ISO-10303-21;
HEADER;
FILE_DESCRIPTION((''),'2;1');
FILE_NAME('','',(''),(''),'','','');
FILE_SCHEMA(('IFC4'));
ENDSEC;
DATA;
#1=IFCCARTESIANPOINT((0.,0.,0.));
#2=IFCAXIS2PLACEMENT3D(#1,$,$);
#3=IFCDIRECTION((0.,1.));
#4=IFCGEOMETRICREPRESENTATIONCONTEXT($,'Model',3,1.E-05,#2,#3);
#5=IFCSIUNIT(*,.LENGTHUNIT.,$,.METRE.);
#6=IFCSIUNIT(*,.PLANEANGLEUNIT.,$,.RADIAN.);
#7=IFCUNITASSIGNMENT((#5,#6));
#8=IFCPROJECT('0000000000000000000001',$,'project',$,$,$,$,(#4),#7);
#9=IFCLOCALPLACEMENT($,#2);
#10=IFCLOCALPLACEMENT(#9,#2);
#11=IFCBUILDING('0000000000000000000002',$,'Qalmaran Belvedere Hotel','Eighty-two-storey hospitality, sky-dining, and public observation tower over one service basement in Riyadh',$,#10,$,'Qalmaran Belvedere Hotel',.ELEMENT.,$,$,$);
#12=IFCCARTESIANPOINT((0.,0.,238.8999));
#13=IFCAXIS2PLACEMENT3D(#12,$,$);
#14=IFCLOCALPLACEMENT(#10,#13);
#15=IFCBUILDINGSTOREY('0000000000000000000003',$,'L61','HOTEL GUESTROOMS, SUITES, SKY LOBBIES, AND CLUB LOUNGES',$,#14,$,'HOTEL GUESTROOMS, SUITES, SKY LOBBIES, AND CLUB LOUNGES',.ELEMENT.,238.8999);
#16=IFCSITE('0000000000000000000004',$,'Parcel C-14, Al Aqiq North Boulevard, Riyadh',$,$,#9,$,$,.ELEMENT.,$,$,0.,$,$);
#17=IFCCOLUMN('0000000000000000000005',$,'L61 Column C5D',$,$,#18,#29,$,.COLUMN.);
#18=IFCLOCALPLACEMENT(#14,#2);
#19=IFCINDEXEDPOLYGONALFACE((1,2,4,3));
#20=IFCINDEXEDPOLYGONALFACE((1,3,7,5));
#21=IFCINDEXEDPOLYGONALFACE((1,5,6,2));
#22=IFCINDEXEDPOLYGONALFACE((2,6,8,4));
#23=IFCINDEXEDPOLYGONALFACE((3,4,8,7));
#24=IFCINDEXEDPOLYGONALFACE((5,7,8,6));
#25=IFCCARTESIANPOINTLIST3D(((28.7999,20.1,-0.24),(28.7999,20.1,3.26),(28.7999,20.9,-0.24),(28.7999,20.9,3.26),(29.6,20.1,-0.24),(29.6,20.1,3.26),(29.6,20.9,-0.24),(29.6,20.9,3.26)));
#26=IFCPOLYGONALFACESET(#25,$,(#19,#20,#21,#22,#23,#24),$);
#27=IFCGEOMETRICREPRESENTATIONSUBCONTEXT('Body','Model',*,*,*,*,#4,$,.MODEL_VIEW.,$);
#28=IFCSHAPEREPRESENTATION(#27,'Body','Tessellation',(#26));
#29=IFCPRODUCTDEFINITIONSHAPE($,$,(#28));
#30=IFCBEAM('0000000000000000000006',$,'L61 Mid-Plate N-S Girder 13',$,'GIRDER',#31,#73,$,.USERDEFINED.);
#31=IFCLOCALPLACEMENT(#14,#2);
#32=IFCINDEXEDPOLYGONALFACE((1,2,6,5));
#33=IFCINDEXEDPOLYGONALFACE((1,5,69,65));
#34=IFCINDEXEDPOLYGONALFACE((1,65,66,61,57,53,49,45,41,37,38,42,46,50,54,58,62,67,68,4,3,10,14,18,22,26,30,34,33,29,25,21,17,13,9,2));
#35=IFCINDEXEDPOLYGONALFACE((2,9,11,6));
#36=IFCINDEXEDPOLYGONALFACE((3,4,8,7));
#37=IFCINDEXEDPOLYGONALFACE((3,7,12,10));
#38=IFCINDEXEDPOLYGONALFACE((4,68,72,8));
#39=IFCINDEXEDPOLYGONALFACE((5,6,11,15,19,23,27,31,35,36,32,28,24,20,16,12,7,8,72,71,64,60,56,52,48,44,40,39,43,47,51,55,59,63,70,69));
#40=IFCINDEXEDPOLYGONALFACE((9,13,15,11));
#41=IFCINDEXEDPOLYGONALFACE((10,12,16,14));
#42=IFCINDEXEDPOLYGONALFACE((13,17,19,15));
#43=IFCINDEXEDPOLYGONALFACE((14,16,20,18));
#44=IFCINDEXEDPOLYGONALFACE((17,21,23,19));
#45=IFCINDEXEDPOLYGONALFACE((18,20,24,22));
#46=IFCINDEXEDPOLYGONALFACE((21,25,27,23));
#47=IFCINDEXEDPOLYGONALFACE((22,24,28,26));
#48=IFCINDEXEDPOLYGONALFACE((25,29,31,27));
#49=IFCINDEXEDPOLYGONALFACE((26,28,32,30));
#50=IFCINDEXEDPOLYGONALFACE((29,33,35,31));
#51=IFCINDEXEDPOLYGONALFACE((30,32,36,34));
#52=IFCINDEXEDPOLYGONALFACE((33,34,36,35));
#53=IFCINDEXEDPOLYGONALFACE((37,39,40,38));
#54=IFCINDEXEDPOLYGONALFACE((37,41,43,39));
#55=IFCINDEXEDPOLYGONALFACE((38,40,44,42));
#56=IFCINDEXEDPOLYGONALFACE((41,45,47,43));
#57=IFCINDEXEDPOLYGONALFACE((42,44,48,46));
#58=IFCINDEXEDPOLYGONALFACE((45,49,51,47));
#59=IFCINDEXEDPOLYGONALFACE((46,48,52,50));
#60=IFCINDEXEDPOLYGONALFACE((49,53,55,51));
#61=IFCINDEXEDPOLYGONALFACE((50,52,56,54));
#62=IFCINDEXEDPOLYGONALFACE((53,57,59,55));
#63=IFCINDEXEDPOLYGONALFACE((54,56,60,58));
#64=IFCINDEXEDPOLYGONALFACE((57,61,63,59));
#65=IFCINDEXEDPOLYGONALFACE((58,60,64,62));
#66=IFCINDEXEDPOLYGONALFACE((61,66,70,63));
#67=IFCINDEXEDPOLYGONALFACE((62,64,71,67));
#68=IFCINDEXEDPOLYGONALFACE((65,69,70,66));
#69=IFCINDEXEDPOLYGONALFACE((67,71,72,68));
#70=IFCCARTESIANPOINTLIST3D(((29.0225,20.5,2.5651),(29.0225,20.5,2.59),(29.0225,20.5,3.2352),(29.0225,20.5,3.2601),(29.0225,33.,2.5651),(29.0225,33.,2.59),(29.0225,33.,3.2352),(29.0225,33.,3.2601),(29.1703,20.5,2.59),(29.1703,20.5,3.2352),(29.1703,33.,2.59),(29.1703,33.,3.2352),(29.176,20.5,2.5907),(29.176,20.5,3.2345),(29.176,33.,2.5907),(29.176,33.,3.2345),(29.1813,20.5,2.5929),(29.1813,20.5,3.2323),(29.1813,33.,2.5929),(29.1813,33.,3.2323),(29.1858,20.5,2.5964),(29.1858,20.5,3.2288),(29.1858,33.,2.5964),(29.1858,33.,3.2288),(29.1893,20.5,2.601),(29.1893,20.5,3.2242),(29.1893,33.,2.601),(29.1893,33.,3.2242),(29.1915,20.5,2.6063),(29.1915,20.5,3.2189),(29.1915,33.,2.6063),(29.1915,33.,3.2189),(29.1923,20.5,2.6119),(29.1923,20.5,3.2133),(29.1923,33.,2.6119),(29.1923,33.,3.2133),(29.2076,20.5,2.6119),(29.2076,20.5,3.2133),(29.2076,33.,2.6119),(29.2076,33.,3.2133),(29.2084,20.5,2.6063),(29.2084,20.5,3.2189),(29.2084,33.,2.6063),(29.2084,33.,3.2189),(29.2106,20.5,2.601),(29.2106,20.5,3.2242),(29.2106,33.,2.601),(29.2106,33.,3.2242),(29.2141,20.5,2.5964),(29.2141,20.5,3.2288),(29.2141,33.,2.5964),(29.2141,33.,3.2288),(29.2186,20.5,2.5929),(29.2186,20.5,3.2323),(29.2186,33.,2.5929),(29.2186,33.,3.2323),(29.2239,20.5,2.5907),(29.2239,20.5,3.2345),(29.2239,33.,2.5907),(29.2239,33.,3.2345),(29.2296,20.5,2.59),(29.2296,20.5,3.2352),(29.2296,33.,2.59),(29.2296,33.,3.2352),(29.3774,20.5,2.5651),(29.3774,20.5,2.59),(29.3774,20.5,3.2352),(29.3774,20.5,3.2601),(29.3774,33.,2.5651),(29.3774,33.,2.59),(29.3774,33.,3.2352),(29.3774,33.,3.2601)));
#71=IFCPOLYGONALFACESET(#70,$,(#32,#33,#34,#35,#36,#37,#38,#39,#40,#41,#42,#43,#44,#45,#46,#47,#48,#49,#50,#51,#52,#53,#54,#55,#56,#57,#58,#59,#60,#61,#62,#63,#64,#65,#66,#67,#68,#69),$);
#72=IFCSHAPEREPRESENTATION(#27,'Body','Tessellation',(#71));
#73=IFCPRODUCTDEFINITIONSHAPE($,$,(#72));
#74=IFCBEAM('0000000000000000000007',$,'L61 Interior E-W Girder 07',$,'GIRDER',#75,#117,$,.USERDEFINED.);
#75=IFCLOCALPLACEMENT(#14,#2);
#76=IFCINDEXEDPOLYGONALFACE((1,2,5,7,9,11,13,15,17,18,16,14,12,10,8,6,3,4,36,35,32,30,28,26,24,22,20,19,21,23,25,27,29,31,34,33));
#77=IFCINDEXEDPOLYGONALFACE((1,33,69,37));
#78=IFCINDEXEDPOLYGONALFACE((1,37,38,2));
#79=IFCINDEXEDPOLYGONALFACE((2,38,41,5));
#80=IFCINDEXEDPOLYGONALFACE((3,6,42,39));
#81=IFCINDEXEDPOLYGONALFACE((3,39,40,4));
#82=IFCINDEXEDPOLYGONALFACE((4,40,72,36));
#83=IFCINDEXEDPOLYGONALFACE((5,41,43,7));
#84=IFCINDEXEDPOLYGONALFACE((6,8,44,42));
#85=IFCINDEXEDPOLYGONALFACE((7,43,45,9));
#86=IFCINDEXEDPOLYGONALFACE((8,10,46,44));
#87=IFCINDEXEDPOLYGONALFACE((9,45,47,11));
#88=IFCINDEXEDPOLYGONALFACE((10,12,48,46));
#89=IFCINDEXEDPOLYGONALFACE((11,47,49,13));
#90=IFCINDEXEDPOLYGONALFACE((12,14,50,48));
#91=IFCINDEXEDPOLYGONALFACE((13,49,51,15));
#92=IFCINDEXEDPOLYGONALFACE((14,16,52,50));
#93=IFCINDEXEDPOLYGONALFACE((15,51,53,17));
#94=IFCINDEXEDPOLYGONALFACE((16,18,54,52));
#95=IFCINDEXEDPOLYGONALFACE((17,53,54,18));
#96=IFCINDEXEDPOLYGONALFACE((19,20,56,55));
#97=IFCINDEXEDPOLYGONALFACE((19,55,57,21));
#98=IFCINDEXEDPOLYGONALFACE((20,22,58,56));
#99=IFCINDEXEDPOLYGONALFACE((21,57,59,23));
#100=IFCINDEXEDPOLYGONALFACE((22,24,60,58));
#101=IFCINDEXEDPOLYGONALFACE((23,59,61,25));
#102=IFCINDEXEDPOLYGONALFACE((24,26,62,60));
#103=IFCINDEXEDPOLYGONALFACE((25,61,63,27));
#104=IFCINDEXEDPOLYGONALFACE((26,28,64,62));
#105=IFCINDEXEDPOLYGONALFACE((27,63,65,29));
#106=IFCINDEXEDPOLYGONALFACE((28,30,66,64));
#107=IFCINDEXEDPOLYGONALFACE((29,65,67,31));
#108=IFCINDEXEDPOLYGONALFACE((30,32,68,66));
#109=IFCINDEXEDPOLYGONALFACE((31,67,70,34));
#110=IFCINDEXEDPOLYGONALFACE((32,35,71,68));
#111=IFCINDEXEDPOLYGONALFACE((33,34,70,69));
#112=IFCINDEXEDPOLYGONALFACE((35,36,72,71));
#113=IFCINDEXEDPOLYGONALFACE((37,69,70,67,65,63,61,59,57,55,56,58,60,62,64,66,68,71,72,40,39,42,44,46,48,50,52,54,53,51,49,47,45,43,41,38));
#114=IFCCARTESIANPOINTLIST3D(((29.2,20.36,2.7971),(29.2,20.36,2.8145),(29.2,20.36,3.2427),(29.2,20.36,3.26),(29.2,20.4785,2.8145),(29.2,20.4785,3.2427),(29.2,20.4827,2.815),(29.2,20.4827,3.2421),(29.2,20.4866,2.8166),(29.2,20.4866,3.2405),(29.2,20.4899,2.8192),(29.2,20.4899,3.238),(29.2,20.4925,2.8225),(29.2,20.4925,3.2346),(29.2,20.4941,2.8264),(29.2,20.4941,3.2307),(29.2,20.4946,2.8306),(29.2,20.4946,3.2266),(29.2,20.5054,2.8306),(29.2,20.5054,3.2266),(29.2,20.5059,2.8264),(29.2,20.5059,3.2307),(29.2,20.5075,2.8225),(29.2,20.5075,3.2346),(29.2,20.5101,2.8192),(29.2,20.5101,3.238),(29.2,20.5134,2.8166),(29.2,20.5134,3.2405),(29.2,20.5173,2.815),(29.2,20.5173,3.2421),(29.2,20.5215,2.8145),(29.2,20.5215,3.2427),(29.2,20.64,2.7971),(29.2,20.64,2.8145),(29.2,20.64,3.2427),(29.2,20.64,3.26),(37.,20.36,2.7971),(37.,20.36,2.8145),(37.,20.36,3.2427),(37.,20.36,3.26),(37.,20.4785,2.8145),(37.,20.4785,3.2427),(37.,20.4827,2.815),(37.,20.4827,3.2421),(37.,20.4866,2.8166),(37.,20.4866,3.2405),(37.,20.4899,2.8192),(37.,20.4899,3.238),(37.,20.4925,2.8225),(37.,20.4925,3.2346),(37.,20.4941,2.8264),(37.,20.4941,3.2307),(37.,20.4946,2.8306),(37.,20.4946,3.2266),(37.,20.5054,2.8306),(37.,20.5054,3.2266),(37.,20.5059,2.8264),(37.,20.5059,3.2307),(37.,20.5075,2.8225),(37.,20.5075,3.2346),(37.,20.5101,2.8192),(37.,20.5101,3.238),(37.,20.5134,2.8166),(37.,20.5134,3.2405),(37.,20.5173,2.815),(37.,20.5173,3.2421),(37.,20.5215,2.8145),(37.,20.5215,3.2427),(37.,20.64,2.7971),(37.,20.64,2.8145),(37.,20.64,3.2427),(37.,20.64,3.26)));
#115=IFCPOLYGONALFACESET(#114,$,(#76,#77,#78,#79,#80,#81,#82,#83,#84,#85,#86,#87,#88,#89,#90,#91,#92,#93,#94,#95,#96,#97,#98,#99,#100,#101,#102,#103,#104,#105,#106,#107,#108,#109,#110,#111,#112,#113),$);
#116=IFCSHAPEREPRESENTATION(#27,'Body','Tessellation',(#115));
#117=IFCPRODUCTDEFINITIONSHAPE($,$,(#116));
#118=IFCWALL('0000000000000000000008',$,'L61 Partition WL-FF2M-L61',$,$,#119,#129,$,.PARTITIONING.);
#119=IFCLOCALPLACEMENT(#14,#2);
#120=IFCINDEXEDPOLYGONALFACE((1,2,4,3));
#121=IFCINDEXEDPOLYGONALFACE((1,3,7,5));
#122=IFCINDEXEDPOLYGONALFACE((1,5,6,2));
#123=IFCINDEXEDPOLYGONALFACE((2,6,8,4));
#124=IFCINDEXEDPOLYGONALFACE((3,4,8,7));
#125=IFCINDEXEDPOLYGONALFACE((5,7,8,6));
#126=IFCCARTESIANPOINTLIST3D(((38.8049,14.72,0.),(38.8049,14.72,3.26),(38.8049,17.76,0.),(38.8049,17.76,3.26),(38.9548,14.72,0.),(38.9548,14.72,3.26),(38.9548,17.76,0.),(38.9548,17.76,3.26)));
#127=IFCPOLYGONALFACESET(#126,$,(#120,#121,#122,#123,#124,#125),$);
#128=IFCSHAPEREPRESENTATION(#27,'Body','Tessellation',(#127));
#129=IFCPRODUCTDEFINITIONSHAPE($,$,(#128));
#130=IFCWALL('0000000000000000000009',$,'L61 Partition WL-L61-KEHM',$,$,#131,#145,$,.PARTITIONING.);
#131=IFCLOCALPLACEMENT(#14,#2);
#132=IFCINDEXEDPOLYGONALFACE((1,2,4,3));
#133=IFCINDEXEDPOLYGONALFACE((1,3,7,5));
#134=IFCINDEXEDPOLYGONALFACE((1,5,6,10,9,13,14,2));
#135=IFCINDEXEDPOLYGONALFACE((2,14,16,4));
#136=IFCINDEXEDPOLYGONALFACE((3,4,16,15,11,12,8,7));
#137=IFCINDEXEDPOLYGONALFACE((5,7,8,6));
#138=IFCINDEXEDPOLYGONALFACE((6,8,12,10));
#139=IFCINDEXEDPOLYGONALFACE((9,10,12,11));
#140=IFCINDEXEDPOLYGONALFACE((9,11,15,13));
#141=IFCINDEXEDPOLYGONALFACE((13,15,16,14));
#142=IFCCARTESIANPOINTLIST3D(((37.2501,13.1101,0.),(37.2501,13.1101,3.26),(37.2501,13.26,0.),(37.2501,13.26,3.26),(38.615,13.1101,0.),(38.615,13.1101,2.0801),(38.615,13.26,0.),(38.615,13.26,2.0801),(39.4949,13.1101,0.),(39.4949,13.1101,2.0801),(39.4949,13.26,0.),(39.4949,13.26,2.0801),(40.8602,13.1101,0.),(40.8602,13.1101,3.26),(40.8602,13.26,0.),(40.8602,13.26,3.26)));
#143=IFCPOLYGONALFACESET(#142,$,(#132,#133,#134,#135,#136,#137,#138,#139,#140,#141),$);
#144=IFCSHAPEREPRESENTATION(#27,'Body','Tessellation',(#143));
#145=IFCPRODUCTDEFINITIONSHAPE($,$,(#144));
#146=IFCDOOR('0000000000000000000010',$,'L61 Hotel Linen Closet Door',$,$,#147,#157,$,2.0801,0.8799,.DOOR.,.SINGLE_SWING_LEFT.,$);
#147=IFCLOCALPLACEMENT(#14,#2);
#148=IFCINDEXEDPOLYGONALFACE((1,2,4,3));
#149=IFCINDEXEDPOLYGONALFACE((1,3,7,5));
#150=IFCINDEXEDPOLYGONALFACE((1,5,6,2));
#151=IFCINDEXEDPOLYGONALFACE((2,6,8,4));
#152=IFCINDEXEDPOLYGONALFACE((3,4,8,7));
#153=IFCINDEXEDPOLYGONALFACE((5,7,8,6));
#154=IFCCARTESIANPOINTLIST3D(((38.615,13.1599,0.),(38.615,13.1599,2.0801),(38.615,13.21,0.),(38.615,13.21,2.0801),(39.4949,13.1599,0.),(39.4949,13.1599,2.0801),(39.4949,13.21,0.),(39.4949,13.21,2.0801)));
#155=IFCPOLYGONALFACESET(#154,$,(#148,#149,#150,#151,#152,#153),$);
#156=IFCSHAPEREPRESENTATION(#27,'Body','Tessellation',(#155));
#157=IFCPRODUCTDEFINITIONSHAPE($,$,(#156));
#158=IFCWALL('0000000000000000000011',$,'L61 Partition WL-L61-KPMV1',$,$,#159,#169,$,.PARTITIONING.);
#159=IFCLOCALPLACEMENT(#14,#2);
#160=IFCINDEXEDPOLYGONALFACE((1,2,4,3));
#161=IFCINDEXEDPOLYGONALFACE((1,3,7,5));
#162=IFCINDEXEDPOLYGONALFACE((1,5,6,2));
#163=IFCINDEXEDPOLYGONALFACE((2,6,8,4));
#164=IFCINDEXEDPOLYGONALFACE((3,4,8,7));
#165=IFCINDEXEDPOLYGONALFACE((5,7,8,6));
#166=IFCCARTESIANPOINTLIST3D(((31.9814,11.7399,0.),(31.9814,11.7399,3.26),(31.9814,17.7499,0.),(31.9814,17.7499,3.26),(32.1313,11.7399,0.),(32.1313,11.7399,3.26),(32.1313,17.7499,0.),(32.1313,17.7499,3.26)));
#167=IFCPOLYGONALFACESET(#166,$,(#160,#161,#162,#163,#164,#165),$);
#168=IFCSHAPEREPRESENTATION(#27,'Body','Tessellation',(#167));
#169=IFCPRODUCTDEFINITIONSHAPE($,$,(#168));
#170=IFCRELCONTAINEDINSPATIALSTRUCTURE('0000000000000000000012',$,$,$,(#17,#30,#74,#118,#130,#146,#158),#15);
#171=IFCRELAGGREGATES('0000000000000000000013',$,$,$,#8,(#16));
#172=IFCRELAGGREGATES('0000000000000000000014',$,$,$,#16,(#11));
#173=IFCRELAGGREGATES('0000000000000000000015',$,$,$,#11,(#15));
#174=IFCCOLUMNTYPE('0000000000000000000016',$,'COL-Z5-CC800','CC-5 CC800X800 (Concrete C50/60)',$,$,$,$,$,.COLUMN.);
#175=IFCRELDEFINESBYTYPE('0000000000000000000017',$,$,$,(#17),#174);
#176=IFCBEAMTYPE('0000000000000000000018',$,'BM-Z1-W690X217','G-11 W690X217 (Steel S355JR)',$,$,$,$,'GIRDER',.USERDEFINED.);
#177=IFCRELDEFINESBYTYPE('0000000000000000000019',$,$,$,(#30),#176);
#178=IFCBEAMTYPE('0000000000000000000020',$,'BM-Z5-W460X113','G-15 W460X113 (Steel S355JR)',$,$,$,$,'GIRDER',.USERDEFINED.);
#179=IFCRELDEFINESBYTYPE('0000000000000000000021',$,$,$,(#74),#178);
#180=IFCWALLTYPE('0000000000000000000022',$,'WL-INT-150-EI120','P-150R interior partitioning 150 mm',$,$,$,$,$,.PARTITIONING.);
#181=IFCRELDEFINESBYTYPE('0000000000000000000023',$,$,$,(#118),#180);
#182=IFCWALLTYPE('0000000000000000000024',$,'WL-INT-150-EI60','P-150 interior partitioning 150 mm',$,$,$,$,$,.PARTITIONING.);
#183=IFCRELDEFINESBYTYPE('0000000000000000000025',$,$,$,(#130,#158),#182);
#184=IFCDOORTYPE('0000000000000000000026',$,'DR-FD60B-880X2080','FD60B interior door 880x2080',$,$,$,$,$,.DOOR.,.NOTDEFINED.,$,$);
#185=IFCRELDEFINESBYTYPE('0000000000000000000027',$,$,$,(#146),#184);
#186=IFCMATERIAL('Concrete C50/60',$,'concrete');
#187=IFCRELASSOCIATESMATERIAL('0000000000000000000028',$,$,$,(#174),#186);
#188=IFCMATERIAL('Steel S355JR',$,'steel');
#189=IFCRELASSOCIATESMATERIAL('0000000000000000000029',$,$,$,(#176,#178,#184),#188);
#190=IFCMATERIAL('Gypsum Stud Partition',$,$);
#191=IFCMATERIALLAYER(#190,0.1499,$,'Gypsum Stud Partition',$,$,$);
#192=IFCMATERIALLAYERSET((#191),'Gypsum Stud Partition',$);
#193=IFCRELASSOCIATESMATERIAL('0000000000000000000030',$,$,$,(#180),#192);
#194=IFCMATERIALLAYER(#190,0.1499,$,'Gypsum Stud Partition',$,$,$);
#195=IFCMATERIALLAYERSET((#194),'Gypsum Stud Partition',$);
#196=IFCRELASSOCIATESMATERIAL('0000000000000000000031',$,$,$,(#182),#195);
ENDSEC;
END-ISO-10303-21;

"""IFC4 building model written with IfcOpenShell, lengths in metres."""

from ifc_helpers import new_model, si_unit, direction, frame, frame_2d, origin, origin_2d, place, context, subcontext, project, spatial, rectangle, i_section, extrude, material, layer, layer_set, material_profile, profile_set, type_object, element, fill, save


model = new_model("IFC4")

# Units and contexts
model_context = context("Model", 3, precision=1e-05, world=origin(), true_north=direction((0.0, 1.0)))
body_context = subcontext(model_context, "Body", "Model", "MODEL_VIEW")
ifc_project = project(units=[si_unit("LENGTHUNIT", "METRE"), si_unit("PLANEANGLEUNIT", "RADIAN")], contexts=[model_context])

# Site, building, storey
site_placement = place(None, origin())
site = spatial("IfcSite", under=ifc_project, at=site_placement, Name="Parcel C-14, Al Aqiq North Boulevard, Riyadh", CompositionType="ELEMENT", RefElevation=0.0)
building_placement = place(site_placement, origin())
building = spatial("IfcBuilding", under=site, at=building_placement, Name="Qalmaran Belvedere Hotel", Description="Eighty-two-storey hospitality, sky-dining, and public observation tower over one service basement in Riyadh", LongName="Qalmaran Belvedere Hotel", CompositionType="ELEMENT")
storey_placement = place(building_placement, frame((0.0, 0.0, 238.8999)))
storey = spatial("IfcBuildingStorey", under=building, at=storey_placement, Name="L61", Description="HOTEL GUESTROOMS, SUITES, SKY LOBBIES, AND CLUB LOUNGES", LongName="HOTEL GUESTROOMS, SUITES, SKY LOBBIES, AND CLUB LOUNGES", CompositionType="ELEMENT", Elevation=238.8999)

# Column
ifc_material_1 = material(Name="Concrete C50/60", Category="concrete")
ifc_material_profile_1 = material_profile(ifc_material_1, rectangle(XDim=0.8, YDim=0.8, at=origin_2d()), Name="CC800X800")
ifc_profile_set_1 = profile_set([ifc_material_profile_1], Name="Concrete C50/60")
column_type = type_object("IfcColumnType", Name="COL-Z5-CC800", Description="CC-5 CC800X800 (Concrete C50/60)", PredefinedType="COLUMN", material=ifc_profile_set_1)
column_placement = place(storey_placement, frame((29.2, 20.5, -0.24), z_axis=(0.0, 0.0, 1.0), x_axis=(1.0, 0.0, 0.0)))
element("IfcColumn", 1, at=column_placement, inside=storey, type_object=column_type, Name="L61 Column C5D", PredefinedType="COLUMN", context=body_context, shape_type="SweptSolid", body=[
    extrude(rectangle(XDim=0.8, YDim=0.8, at=origin_2d()), origin(), (0.0, 0.0, 1.0), 3.5),
])

# Beams
ifc_material_2 = material(Name="Steel S355JR", Category="steel")
ifc_material_profile_2 = material_profile(ifc_material_2, i_section(OverallWidth=0.355, OverallDepth=0.6951, WebThickness=0.0154, FlangeThickness=0.0249, FilletRadius=0.022, at=origin_2d()), Name="W690X217")
ifc_profile_set_2 = profile_set([ifc_material_profile_2], Name="Steel S355JR")
beam_type_1 = type_object("IfcBeamType", Name="BM-Z1-W690X217", Description="G-11 W690X217 (Steel S355JR)", ElementType="GIRDER", PredefinedType="USERDEFINED", material=ifc_profile_set_2)
beam_1_placement = place(storey_placement, frame((29.2, 20.5, 2.9126), z_axis=(0.0, 1.0, 0.0), x_axis=(-1.0, 0.0, 0.0)))
element("IfcBeam", 2, at=beam_1_placement, inside=storey, type_object=beam_type_1, Name="L61 Mid-Plate N-S Girder 13", ObjectType="GIRDER", PredefinedType="USERDEFINED", context=body_context, shape_type="SweptSolid", body=[
    extrude(i_section(OverallWidth=0.355, OverallDepth=0.6951, WebThickness=0.0154, FlangeThickness=0.0249, FilletRadius=0.022, at=origin_2d()), origin(), (0.0, 0.0, 1.0), 12.5),
])
ifc_material_profile_3 = material_profile(ifc_material_2, i_section(OverallWidth=0.28, OverallDepth=0.4629, WebThickness=0.0107, FlangeThickness=0.0173, FilletRadius=0.0161, at=origin_2d()), Name="W460X113")
ifc_profile_set_3 = profile_set([ifc_material_profile_3], Name="Steel S355JR")
beam_type_2 = type_object("IfcBeamType", Name="BM-Z5-W460X113", Description="G-15 W460X113 (Steel S355JR)", ElementType="GIRDER", PredefinedType="USERDEFINED", material=ifc_profile_set_3)
beam_2_placement = place(storey_placement, frame((29.2, 20.5, 3.0286), z_axis=(1.0, 0.0, 0.0), x_axis=(0.0, 1.0, 0.0)))
element("IfcBeam", 3, at=beam_2_placement, inside=storey, type_object=beam_type_2, Name="L61 Interior E-W Girder 07", ObjectType="GIRDER", PredefinedType="USERDEFINED", context=body_context, shape_type="SweptSolid", body=[
    extrude(i_section(OverallWidth=0.28, OverallDepth=0.4629, WebThickness=0.0107, FlangeThickness=0.0173, FilletRadius=0.0161, at=origin_2d()), origin(), (0.0, 0.0, 1.0), 7.8),
])

# Wall
ifc_material_3 = material(Name="Gypsum Stud Partition")
ifc_layer_1 = layer(ifc_material_3, 0.1499, Name="Gypsum Stud Partition")
ifc_layer_set_1 = layer_set([ifc_layer_1], Name="Gypsum Stud Partition")
wall_type_1 = type_object("IfcWallType", Name="WL-INT-150-EI120", Description="P-150R interior partitioning 150 mm", PredefinedType="PARTITIONING", material=ifc_layer_set_1)
wall_1_placement = place(storey_placement, frame((38.8799, 14.72, 0.0), z_axis=(0.0, 0.0, 1.0), x_axis=(0.0, 1.0, 0.0)))
element("IfcWall", 4, at=wall_1_placement, inside=storey, type_object=wall_type_1, Name="L61 Partition WL-FF2M-L61", PredefinedType="PARTITIONING", context=body_context, shape_type="SweptSolid", body=[
    extrude(rectangle(XDim=3.04, YDim=0.1499, at=frame_2d((1.52, 0.0))), origin(), (0.0, 0.0, 1.0), 3.26),
])

# Wall, opening, door
ifc_layer_2 = layer(ifc_material_3, 0.1499, Name="Gypsum Stud Partition")
ifc_layer_set_2 = layer_set([ifc_layer_2], Name="Gypsum Stud Partition")
wall_type_2 = type_object("IfcWallType", Name="WL-INT-150-EI60", Description="P-150 interior partitioning 150 mm", PredefinedType="PARTITIONING", material=ifc_layer_set_2)
wall_2_placement = place(storey_placement, frame((37.25, 13.1851, 0.0), z_axis=(0.0, 0.0, 1.0), x_axis=(1.0, 0.0, 0.0)))
wall_2 = element("IfcWall", 5, at=wall_2_placement, inside=storey, type_object=wall_type_2, Name="L61 Partition WL-L61-KEHM", PredefinedType="PARTITIONING", context=body_context, shape_type="SweptSolid", body=[
    extrude(rectangle(XDim=3.6101, YDim=0.1499, at=frame_2d((1.8052, 0.0))), origin(), (0.0, 0.0, 1.0), 3.26),
])
opening_1_placement = place(wall_2_placement, frame((1.365, 0.0, 0.0)))
opening_1 = element("IfcOpeningElement", 6, at=opening_1_placement, cuts=wall_2, PredefinedType="OPENING", context=body_context, shape_type="SweptSolid", body=[
    extrude(rectangle(XDim=0.8799, YDim=2.0801, at=frame_2d((0.4399, 1.04))), frame((0.0, 0.085, 0.0), z_axis=(0.0, -1.0, 0.0), x_axis=(1.0, 0.0, 0.0)), (0.0, 0.0, 1.0), 0.1699),
])
door_type_1 = type_object("IfcDoorType", Name="DR-FD60B-880X2080", Description="FD60B interior door 880x2080", OperationType="NOTDEFINED", PredefinedType="DOOR", material=ifc_material_2)
door_1_placement = place(opening_1_placement, origin())
door_1 = element("IfcDoor", 7, at=door_1_placement, inside=storey, type_object=door_type_1, Name="L61 Hotel Linen Closet Door", OperationType="SINGLE_SWING_LEFT", OverallHeight=2.0801, OverallWidth=0.8799, PredefinedType="DOOR", context=body_context, shape_type="SweptSolid", body=[
    extrude(rectangle(XDim=0.8799, YDim=2.0801, at=frame_2d((0.4399, 1.04))), frame((0.0, 0.0249, 0.0), z_axis=(0.0, -1.0, 0.0), x_axis=(1.0, 0.0, 0.0)), (0.0, 0.0, 1.0), 0.05),
])
fill(opening_1, door_1)

# Wall
wall_3_placement = place(storey_placement, frame((32.0564, 11.74, 0.0), z_axis=(0.0, 0.0, 1.0), x_axis=(0.0, 1.0, 0.0)))
element("IfcWall", 8, at=wall_3_placement, inside=storey, type_object=wall_type_2, Name="L61 Partition WL-L61-KPMV1", PredefinedType="PARTITIONING", context=body_context, shape_type="SweptSolid", body=[
    extrude(rectangle(XDim=6.01, YDim=0.1499, at=frame_2d((3.0049, 0.0))), origin(), (0.0, 0.0, 1.0), 3.26),
])

save(model, "model.ifc")
